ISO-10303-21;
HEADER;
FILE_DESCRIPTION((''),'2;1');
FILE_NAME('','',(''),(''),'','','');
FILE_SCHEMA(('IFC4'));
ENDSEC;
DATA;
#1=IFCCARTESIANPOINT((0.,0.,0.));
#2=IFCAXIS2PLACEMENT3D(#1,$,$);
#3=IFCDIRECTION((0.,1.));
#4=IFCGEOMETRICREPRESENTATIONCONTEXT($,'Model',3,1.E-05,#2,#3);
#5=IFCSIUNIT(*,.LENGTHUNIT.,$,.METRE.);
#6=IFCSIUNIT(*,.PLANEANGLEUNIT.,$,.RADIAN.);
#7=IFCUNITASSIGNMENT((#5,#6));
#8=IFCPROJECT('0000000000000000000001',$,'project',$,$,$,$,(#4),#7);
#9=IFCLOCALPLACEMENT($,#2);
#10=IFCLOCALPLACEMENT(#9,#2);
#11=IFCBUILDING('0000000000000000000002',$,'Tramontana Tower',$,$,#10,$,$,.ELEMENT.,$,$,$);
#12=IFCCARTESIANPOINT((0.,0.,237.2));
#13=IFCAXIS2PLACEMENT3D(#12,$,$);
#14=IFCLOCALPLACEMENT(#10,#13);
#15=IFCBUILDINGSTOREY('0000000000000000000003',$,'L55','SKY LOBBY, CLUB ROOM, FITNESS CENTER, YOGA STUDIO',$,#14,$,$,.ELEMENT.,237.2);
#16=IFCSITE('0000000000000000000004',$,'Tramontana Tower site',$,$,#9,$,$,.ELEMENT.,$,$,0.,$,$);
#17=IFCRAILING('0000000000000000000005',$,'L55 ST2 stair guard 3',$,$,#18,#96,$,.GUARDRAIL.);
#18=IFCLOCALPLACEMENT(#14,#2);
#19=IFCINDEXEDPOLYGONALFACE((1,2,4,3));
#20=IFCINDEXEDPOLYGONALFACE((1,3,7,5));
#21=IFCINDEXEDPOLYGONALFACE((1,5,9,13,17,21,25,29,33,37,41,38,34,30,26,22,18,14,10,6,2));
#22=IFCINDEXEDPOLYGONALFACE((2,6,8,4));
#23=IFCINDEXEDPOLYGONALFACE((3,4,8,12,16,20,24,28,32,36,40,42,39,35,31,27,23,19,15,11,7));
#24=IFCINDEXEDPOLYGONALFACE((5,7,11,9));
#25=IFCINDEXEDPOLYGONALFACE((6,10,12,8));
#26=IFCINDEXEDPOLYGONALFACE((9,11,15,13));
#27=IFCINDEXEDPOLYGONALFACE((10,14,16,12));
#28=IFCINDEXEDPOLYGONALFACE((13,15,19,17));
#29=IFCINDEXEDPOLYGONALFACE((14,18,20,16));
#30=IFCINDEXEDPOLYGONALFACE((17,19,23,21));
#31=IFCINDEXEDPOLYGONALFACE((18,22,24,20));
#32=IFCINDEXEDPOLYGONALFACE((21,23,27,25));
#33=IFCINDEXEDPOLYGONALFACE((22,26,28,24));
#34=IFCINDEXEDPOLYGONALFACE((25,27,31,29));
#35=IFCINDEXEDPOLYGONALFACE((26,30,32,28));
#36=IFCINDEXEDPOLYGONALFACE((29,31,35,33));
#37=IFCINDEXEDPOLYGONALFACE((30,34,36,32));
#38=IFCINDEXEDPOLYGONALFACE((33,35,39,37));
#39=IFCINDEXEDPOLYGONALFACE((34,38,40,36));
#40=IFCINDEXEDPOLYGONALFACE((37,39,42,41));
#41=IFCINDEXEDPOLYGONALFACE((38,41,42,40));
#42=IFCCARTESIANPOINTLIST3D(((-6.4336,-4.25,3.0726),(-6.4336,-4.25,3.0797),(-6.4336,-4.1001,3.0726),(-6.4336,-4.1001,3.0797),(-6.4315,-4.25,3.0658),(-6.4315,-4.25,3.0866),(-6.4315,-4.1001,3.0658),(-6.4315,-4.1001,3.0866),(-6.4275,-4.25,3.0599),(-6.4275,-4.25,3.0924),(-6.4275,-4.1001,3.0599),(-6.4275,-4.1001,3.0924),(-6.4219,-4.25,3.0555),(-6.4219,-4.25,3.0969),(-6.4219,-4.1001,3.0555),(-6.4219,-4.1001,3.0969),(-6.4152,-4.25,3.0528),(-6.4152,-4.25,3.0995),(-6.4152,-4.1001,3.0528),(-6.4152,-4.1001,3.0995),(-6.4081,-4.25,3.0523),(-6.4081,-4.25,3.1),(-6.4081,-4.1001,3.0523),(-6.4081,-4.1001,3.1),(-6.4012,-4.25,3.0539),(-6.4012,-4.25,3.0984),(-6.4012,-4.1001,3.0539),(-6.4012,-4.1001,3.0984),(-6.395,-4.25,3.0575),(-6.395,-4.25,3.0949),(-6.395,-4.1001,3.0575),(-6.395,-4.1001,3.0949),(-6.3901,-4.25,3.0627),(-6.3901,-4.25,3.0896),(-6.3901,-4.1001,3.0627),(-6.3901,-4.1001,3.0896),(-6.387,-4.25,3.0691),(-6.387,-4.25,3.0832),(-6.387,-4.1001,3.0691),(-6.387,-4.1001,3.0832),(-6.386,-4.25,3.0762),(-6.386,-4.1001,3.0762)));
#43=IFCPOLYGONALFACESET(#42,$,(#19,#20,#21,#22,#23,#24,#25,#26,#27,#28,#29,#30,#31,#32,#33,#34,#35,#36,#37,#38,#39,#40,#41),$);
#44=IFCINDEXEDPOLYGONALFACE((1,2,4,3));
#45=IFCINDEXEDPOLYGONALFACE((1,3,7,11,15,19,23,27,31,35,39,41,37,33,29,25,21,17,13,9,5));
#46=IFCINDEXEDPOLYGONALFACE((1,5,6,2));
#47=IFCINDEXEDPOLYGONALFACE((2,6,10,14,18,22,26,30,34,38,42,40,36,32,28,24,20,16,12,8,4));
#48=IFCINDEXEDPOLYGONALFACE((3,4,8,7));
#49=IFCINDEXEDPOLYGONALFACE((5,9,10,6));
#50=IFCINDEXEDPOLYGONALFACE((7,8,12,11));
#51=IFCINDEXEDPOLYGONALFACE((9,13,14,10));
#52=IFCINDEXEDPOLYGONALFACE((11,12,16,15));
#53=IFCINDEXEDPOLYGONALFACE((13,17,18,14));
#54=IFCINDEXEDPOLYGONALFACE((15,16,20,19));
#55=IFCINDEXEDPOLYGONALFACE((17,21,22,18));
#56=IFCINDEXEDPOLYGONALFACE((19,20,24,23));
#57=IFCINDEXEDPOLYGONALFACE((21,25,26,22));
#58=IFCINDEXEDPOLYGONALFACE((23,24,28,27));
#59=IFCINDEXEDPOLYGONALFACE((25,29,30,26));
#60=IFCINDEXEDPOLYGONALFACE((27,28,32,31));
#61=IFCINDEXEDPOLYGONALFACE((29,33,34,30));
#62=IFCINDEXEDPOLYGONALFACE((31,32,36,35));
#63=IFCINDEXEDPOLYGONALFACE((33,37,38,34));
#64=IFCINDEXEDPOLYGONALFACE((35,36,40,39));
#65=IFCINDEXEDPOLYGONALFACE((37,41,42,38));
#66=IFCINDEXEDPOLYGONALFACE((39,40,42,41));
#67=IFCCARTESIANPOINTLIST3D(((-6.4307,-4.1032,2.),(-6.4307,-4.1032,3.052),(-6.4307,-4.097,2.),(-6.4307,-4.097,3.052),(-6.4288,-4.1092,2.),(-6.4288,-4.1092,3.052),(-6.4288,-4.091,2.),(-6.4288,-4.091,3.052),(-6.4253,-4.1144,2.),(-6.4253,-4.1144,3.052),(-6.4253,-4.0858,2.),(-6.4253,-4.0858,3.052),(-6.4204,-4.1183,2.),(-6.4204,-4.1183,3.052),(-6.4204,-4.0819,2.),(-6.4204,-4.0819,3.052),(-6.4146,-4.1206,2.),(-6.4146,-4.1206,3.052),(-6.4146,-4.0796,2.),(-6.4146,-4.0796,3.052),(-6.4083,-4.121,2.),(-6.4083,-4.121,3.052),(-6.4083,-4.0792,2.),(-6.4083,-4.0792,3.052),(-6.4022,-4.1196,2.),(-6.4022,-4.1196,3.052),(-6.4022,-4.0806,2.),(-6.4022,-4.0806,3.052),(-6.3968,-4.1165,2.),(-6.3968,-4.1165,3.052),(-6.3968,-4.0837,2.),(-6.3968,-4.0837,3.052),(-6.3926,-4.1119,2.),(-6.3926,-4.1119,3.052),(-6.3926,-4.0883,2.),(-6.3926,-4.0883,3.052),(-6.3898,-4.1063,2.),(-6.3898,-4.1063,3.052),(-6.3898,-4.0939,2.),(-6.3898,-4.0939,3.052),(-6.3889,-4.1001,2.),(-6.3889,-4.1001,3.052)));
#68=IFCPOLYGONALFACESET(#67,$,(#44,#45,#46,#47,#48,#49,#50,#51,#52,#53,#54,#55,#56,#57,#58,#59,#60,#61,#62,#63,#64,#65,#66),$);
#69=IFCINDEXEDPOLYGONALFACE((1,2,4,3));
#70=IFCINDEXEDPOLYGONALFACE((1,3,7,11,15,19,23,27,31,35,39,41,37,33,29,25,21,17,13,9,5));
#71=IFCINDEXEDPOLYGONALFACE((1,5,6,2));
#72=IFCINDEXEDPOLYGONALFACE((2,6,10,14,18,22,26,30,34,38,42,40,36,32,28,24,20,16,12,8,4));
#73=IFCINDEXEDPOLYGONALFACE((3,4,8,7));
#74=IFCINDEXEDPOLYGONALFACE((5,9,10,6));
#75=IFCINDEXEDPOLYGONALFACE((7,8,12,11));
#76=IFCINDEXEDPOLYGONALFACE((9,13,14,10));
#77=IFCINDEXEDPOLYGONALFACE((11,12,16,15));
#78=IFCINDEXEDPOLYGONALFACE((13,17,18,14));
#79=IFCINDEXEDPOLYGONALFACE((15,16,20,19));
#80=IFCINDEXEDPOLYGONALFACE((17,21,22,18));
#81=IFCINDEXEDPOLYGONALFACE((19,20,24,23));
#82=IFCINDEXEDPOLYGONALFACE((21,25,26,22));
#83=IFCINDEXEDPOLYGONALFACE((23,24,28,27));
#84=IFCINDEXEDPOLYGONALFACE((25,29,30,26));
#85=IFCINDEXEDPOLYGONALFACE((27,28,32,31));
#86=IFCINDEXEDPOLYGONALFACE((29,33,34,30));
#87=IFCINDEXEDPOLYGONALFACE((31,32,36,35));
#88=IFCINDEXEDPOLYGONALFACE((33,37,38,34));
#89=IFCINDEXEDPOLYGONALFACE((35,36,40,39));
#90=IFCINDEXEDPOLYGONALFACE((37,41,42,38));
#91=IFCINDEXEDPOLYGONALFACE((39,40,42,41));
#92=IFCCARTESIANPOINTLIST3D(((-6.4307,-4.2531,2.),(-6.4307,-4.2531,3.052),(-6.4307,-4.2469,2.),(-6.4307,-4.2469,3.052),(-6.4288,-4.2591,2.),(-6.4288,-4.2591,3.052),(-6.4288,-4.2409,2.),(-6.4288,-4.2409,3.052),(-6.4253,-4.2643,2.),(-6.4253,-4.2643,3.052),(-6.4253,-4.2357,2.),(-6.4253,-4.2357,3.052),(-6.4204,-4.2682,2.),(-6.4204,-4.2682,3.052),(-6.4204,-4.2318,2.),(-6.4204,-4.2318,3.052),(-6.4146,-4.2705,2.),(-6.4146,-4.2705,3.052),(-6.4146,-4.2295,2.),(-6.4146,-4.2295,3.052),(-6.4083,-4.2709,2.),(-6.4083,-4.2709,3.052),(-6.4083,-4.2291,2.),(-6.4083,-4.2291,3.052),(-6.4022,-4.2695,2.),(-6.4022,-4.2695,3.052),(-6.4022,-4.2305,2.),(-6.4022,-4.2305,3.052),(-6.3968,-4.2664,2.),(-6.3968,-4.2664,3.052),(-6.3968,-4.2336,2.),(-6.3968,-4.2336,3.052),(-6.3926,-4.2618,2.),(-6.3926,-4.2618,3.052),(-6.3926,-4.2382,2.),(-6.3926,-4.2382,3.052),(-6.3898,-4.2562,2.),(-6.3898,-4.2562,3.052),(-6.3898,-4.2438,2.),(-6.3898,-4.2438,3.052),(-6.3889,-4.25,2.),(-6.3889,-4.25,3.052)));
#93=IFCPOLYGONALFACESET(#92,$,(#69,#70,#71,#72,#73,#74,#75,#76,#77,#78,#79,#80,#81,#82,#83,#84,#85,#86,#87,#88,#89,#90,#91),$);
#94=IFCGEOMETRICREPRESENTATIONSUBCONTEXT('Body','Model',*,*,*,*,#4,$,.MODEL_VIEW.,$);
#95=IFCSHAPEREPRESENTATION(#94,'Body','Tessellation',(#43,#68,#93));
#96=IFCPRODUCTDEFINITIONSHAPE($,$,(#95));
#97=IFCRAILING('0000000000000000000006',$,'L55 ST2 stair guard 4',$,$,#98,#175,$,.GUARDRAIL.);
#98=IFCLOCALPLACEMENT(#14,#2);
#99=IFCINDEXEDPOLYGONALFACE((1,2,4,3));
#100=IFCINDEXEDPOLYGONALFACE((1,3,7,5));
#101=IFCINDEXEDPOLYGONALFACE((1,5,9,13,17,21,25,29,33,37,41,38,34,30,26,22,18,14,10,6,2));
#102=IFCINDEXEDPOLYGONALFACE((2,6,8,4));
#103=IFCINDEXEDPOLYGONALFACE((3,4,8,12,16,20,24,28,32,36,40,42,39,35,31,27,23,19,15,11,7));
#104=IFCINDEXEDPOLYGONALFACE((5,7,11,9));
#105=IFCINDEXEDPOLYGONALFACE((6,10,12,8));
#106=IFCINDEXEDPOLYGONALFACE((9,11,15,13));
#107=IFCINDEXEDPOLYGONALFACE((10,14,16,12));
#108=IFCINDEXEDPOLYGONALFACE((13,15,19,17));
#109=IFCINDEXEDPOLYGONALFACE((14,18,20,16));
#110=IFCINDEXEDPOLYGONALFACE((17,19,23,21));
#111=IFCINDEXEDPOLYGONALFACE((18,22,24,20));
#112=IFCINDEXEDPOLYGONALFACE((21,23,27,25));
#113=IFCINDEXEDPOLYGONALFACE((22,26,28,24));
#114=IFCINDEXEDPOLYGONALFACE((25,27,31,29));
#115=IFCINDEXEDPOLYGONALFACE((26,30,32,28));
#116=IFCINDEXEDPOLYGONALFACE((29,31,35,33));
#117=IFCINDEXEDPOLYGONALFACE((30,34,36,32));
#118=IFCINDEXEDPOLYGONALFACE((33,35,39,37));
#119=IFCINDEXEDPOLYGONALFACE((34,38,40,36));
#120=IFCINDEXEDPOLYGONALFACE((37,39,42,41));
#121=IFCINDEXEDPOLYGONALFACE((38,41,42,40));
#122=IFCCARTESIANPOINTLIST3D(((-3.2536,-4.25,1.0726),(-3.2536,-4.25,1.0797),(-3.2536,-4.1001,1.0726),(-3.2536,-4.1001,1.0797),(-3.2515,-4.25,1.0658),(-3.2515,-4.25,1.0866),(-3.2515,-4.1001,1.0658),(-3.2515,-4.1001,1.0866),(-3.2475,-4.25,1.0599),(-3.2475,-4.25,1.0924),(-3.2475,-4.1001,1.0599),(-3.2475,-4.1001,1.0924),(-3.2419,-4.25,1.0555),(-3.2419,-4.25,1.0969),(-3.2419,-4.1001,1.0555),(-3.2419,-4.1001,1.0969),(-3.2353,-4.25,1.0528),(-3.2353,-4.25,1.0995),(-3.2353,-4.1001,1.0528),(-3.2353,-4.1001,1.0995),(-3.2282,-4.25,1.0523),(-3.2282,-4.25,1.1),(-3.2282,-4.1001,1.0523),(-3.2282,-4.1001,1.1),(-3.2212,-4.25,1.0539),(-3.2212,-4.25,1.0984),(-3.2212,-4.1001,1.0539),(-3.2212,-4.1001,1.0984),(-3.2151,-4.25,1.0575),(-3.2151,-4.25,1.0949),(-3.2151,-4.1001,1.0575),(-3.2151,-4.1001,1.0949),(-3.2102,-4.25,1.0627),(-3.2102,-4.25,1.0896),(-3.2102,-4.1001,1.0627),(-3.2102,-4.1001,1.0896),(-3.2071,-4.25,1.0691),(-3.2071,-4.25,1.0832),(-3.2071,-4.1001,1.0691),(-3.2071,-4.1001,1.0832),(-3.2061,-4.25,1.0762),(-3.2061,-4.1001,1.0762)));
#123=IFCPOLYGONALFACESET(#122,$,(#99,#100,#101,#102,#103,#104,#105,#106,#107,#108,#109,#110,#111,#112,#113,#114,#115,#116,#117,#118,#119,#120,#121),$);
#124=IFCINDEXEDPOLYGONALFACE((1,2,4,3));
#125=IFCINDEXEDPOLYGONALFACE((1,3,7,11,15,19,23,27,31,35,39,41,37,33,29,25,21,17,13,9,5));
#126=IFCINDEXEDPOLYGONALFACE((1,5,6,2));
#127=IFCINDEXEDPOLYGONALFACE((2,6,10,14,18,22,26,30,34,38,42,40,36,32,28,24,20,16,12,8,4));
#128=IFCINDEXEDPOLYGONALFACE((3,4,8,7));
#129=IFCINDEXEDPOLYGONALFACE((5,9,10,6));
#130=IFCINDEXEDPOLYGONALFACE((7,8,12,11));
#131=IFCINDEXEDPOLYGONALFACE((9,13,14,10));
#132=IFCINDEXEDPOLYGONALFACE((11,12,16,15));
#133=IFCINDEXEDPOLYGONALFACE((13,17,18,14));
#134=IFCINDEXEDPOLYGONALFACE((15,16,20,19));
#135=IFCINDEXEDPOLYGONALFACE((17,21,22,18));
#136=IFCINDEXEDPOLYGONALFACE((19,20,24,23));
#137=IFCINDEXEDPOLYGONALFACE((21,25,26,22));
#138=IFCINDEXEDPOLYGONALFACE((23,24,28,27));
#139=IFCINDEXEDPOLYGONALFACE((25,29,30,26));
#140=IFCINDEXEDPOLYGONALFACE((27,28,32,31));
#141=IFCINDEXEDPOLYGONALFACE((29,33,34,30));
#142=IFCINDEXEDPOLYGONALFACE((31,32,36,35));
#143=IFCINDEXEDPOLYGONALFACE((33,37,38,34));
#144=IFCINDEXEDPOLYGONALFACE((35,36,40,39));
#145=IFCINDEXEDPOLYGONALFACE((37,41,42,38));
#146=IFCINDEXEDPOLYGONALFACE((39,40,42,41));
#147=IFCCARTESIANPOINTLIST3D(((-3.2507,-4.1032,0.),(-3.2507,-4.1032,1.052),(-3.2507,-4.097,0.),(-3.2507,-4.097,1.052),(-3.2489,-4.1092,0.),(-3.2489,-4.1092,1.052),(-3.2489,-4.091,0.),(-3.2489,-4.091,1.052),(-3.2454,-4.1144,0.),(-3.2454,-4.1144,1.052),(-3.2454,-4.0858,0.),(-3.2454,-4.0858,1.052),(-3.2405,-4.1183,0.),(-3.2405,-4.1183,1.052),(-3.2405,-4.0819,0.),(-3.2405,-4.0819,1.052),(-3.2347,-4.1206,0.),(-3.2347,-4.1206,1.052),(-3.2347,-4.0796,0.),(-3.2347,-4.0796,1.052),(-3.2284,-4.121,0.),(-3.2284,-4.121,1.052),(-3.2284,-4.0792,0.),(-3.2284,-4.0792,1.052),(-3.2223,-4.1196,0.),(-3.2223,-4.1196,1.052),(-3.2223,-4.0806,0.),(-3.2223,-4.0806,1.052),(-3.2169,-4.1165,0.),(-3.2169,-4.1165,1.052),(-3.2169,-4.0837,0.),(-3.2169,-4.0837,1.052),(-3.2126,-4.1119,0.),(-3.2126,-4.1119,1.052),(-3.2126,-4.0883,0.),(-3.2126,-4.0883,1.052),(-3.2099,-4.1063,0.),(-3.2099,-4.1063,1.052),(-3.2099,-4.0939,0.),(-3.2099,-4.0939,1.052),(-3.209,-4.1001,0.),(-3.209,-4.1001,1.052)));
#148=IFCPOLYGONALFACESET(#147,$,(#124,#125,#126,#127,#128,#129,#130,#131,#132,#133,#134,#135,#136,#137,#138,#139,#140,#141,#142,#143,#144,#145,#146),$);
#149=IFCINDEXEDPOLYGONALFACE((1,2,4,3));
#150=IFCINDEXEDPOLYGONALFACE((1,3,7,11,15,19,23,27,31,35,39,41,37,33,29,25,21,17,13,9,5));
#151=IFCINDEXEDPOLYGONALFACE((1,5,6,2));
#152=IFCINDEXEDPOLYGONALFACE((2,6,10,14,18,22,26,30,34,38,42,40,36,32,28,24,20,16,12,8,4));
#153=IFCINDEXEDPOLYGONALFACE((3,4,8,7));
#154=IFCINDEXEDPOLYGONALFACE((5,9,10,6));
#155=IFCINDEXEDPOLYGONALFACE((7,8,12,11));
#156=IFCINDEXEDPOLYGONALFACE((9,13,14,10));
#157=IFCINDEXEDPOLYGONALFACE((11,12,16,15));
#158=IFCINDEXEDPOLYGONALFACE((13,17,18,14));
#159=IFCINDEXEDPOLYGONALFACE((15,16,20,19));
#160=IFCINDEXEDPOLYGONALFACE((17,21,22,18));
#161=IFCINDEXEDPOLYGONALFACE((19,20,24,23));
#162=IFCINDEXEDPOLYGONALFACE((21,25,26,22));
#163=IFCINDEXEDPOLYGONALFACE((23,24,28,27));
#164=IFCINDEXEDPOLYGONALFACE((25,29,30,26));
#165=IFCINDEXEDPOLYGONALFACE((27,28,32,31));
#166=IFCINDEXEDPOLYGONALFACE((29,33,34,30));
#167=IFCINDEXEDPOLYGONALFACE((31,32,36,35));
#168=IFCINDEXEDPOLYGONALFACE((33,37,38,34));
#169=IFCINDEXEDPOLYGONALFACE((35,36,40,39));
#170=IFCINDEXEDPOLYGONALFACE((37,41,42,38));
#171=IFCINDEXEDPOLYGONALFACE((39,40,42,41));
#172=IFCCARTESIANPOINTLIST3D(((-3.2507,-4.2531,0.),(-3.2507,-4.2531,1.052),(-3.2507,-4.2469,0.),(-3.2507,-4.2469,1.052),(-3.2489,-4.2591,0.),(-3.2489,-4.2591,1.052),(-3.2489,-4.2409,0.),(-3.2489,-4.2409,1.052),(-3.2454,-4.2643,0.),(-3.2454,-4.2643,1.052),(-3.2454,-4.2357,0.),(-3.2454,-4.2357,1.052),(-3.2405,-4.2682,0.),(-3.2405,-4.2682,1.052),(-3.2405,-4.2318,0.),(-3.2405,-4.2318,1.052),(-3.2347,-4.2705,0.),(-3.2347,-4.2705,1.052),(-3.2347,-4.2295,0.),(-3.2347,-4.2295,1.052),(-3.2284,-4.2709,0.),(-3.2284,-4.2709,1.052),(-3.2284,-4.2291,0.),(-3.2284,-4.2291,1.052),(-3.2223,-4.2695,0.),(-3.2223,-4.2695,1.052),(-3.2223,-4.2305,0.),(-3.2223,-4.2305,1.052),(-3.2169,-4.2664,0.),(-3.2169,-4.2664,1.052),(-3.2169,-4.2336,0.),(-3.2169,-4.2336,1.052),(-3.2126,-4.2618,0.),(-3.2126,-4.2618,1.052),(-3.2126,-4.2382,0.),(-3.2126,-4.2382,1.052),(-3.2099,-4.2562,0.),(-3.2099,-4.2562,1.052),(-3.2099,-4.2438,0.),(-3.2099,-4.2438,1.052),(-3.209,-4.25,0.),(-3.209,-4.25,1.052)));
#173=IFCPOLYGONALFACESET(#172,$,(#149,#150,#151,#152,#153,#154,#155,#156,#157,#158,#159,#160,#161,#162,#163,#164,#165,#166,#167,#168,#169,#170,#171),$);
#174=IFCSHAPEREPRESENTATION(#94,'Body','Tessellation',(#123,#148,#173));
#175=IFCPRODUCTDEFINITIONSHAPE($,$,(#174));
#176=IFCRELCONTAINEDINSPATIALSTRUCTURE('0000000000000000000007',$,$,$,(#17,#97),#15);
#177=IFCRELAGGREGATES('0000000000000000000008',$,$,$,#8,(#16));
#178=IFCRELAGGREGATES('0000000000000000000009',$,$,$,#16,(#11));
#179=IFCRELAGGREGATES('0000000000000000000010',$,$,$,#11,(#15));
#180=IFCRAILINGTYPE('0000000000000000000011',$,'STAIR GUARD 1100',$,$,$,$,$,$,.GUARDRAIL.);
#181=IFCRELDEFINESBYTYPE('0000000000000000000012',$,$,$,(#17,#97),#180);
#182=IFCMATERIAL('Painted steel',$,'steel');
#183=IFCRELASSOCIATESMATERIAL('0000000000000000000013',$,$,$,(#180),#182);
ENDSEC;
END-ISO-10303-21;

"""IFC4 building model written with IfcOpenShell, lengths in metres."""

from ifc_helpers import new_model, si_unit, direction, frame, origin, origin_2d, place, context, subcontext, project, spatial, circle, extrude, material, type_object, element, save


model = new_model("IFC4")

# Units and contexts
model_context = context("Model", 3, precision=1e-05, world=origin(), true_north=direction((0.0, 1.0)))
body_context = subcontext(model_context, "Body", "Model", "MODEL_VIEW")
ifc_project = project(units=[si_unit("LENGTHUNIT", "METRE"), si_unit("PLANEANGLEUNIT", "RADIAN")], contexts=[model_context])

# Site, building, storey
site_placement = place(None, origin())
site = spatial("IfcSite", under=ifc_project, at=site_placement, Name="Tramontana Tower site", CompositionType="ELEMENT", RefElevation=0.0)
building_placement = place(site_placement, origin())
building = spatial("IfcBuilding", under=site, at=building_placement, Name="Tramontana Tower", CompositionType="ELEMENT")
storey_placement = place(building_placement, frame((0.0, 0.0, 237.2)))
storey = spatial("IfcBuildingStorey", under=building, at=storey_placement, Name="L55", Description="SKY LOBBY, CLUB ROOM, FITNESS CENTER, YOGA STUDIO", CompositionType="ELEMENT", Elevation=237.2)

# Railings
ifc_material_1 = material(Name="Painted steel", Category="steel")
railing_type_1 = type_object("IfcRailingType", Name="STAIR GUARD 1100", PredefinedType="GUARDRAIL", material=ifc_material_1)
for number, where, name in (
    (1, (-6.4099, -4.1001, 2.0), "L55 ST2 stair guard 3"),
    (2, (-3.23, -4.1001, 0.0), "L55 ST2 stair guard 4"),
):
    element("IfcRailing", number, at=place(storey_placement, frame(where)), inside=storey, type_object=railing_type_1, Name=name, PredefinedType="GUARDRAIL", context=body_context, shape_type="SweptSolid", body=[
        extrude(circle(Radius=0.0239, at=origin_2d()), frame((0.0, 0.0, 1.0762), z_axis=(0.0, -1.0, 0.0), x_axis=(1.0, 0.0, 0.0)), (0.0, 0.0, 1.0), 0.1499),
        extrude(circle(Radius=0.021, at=origin_2d()), origin(), (0.0, 0.0, 1.0), 1.052),
        extrude(circle(Radius=0.021, at=origin_2d()), frame((0.0, -0.1499, 0.0)), (0.0, 0.0, 1.0), 1.052),
    ])

save(model, "model.ifc")
